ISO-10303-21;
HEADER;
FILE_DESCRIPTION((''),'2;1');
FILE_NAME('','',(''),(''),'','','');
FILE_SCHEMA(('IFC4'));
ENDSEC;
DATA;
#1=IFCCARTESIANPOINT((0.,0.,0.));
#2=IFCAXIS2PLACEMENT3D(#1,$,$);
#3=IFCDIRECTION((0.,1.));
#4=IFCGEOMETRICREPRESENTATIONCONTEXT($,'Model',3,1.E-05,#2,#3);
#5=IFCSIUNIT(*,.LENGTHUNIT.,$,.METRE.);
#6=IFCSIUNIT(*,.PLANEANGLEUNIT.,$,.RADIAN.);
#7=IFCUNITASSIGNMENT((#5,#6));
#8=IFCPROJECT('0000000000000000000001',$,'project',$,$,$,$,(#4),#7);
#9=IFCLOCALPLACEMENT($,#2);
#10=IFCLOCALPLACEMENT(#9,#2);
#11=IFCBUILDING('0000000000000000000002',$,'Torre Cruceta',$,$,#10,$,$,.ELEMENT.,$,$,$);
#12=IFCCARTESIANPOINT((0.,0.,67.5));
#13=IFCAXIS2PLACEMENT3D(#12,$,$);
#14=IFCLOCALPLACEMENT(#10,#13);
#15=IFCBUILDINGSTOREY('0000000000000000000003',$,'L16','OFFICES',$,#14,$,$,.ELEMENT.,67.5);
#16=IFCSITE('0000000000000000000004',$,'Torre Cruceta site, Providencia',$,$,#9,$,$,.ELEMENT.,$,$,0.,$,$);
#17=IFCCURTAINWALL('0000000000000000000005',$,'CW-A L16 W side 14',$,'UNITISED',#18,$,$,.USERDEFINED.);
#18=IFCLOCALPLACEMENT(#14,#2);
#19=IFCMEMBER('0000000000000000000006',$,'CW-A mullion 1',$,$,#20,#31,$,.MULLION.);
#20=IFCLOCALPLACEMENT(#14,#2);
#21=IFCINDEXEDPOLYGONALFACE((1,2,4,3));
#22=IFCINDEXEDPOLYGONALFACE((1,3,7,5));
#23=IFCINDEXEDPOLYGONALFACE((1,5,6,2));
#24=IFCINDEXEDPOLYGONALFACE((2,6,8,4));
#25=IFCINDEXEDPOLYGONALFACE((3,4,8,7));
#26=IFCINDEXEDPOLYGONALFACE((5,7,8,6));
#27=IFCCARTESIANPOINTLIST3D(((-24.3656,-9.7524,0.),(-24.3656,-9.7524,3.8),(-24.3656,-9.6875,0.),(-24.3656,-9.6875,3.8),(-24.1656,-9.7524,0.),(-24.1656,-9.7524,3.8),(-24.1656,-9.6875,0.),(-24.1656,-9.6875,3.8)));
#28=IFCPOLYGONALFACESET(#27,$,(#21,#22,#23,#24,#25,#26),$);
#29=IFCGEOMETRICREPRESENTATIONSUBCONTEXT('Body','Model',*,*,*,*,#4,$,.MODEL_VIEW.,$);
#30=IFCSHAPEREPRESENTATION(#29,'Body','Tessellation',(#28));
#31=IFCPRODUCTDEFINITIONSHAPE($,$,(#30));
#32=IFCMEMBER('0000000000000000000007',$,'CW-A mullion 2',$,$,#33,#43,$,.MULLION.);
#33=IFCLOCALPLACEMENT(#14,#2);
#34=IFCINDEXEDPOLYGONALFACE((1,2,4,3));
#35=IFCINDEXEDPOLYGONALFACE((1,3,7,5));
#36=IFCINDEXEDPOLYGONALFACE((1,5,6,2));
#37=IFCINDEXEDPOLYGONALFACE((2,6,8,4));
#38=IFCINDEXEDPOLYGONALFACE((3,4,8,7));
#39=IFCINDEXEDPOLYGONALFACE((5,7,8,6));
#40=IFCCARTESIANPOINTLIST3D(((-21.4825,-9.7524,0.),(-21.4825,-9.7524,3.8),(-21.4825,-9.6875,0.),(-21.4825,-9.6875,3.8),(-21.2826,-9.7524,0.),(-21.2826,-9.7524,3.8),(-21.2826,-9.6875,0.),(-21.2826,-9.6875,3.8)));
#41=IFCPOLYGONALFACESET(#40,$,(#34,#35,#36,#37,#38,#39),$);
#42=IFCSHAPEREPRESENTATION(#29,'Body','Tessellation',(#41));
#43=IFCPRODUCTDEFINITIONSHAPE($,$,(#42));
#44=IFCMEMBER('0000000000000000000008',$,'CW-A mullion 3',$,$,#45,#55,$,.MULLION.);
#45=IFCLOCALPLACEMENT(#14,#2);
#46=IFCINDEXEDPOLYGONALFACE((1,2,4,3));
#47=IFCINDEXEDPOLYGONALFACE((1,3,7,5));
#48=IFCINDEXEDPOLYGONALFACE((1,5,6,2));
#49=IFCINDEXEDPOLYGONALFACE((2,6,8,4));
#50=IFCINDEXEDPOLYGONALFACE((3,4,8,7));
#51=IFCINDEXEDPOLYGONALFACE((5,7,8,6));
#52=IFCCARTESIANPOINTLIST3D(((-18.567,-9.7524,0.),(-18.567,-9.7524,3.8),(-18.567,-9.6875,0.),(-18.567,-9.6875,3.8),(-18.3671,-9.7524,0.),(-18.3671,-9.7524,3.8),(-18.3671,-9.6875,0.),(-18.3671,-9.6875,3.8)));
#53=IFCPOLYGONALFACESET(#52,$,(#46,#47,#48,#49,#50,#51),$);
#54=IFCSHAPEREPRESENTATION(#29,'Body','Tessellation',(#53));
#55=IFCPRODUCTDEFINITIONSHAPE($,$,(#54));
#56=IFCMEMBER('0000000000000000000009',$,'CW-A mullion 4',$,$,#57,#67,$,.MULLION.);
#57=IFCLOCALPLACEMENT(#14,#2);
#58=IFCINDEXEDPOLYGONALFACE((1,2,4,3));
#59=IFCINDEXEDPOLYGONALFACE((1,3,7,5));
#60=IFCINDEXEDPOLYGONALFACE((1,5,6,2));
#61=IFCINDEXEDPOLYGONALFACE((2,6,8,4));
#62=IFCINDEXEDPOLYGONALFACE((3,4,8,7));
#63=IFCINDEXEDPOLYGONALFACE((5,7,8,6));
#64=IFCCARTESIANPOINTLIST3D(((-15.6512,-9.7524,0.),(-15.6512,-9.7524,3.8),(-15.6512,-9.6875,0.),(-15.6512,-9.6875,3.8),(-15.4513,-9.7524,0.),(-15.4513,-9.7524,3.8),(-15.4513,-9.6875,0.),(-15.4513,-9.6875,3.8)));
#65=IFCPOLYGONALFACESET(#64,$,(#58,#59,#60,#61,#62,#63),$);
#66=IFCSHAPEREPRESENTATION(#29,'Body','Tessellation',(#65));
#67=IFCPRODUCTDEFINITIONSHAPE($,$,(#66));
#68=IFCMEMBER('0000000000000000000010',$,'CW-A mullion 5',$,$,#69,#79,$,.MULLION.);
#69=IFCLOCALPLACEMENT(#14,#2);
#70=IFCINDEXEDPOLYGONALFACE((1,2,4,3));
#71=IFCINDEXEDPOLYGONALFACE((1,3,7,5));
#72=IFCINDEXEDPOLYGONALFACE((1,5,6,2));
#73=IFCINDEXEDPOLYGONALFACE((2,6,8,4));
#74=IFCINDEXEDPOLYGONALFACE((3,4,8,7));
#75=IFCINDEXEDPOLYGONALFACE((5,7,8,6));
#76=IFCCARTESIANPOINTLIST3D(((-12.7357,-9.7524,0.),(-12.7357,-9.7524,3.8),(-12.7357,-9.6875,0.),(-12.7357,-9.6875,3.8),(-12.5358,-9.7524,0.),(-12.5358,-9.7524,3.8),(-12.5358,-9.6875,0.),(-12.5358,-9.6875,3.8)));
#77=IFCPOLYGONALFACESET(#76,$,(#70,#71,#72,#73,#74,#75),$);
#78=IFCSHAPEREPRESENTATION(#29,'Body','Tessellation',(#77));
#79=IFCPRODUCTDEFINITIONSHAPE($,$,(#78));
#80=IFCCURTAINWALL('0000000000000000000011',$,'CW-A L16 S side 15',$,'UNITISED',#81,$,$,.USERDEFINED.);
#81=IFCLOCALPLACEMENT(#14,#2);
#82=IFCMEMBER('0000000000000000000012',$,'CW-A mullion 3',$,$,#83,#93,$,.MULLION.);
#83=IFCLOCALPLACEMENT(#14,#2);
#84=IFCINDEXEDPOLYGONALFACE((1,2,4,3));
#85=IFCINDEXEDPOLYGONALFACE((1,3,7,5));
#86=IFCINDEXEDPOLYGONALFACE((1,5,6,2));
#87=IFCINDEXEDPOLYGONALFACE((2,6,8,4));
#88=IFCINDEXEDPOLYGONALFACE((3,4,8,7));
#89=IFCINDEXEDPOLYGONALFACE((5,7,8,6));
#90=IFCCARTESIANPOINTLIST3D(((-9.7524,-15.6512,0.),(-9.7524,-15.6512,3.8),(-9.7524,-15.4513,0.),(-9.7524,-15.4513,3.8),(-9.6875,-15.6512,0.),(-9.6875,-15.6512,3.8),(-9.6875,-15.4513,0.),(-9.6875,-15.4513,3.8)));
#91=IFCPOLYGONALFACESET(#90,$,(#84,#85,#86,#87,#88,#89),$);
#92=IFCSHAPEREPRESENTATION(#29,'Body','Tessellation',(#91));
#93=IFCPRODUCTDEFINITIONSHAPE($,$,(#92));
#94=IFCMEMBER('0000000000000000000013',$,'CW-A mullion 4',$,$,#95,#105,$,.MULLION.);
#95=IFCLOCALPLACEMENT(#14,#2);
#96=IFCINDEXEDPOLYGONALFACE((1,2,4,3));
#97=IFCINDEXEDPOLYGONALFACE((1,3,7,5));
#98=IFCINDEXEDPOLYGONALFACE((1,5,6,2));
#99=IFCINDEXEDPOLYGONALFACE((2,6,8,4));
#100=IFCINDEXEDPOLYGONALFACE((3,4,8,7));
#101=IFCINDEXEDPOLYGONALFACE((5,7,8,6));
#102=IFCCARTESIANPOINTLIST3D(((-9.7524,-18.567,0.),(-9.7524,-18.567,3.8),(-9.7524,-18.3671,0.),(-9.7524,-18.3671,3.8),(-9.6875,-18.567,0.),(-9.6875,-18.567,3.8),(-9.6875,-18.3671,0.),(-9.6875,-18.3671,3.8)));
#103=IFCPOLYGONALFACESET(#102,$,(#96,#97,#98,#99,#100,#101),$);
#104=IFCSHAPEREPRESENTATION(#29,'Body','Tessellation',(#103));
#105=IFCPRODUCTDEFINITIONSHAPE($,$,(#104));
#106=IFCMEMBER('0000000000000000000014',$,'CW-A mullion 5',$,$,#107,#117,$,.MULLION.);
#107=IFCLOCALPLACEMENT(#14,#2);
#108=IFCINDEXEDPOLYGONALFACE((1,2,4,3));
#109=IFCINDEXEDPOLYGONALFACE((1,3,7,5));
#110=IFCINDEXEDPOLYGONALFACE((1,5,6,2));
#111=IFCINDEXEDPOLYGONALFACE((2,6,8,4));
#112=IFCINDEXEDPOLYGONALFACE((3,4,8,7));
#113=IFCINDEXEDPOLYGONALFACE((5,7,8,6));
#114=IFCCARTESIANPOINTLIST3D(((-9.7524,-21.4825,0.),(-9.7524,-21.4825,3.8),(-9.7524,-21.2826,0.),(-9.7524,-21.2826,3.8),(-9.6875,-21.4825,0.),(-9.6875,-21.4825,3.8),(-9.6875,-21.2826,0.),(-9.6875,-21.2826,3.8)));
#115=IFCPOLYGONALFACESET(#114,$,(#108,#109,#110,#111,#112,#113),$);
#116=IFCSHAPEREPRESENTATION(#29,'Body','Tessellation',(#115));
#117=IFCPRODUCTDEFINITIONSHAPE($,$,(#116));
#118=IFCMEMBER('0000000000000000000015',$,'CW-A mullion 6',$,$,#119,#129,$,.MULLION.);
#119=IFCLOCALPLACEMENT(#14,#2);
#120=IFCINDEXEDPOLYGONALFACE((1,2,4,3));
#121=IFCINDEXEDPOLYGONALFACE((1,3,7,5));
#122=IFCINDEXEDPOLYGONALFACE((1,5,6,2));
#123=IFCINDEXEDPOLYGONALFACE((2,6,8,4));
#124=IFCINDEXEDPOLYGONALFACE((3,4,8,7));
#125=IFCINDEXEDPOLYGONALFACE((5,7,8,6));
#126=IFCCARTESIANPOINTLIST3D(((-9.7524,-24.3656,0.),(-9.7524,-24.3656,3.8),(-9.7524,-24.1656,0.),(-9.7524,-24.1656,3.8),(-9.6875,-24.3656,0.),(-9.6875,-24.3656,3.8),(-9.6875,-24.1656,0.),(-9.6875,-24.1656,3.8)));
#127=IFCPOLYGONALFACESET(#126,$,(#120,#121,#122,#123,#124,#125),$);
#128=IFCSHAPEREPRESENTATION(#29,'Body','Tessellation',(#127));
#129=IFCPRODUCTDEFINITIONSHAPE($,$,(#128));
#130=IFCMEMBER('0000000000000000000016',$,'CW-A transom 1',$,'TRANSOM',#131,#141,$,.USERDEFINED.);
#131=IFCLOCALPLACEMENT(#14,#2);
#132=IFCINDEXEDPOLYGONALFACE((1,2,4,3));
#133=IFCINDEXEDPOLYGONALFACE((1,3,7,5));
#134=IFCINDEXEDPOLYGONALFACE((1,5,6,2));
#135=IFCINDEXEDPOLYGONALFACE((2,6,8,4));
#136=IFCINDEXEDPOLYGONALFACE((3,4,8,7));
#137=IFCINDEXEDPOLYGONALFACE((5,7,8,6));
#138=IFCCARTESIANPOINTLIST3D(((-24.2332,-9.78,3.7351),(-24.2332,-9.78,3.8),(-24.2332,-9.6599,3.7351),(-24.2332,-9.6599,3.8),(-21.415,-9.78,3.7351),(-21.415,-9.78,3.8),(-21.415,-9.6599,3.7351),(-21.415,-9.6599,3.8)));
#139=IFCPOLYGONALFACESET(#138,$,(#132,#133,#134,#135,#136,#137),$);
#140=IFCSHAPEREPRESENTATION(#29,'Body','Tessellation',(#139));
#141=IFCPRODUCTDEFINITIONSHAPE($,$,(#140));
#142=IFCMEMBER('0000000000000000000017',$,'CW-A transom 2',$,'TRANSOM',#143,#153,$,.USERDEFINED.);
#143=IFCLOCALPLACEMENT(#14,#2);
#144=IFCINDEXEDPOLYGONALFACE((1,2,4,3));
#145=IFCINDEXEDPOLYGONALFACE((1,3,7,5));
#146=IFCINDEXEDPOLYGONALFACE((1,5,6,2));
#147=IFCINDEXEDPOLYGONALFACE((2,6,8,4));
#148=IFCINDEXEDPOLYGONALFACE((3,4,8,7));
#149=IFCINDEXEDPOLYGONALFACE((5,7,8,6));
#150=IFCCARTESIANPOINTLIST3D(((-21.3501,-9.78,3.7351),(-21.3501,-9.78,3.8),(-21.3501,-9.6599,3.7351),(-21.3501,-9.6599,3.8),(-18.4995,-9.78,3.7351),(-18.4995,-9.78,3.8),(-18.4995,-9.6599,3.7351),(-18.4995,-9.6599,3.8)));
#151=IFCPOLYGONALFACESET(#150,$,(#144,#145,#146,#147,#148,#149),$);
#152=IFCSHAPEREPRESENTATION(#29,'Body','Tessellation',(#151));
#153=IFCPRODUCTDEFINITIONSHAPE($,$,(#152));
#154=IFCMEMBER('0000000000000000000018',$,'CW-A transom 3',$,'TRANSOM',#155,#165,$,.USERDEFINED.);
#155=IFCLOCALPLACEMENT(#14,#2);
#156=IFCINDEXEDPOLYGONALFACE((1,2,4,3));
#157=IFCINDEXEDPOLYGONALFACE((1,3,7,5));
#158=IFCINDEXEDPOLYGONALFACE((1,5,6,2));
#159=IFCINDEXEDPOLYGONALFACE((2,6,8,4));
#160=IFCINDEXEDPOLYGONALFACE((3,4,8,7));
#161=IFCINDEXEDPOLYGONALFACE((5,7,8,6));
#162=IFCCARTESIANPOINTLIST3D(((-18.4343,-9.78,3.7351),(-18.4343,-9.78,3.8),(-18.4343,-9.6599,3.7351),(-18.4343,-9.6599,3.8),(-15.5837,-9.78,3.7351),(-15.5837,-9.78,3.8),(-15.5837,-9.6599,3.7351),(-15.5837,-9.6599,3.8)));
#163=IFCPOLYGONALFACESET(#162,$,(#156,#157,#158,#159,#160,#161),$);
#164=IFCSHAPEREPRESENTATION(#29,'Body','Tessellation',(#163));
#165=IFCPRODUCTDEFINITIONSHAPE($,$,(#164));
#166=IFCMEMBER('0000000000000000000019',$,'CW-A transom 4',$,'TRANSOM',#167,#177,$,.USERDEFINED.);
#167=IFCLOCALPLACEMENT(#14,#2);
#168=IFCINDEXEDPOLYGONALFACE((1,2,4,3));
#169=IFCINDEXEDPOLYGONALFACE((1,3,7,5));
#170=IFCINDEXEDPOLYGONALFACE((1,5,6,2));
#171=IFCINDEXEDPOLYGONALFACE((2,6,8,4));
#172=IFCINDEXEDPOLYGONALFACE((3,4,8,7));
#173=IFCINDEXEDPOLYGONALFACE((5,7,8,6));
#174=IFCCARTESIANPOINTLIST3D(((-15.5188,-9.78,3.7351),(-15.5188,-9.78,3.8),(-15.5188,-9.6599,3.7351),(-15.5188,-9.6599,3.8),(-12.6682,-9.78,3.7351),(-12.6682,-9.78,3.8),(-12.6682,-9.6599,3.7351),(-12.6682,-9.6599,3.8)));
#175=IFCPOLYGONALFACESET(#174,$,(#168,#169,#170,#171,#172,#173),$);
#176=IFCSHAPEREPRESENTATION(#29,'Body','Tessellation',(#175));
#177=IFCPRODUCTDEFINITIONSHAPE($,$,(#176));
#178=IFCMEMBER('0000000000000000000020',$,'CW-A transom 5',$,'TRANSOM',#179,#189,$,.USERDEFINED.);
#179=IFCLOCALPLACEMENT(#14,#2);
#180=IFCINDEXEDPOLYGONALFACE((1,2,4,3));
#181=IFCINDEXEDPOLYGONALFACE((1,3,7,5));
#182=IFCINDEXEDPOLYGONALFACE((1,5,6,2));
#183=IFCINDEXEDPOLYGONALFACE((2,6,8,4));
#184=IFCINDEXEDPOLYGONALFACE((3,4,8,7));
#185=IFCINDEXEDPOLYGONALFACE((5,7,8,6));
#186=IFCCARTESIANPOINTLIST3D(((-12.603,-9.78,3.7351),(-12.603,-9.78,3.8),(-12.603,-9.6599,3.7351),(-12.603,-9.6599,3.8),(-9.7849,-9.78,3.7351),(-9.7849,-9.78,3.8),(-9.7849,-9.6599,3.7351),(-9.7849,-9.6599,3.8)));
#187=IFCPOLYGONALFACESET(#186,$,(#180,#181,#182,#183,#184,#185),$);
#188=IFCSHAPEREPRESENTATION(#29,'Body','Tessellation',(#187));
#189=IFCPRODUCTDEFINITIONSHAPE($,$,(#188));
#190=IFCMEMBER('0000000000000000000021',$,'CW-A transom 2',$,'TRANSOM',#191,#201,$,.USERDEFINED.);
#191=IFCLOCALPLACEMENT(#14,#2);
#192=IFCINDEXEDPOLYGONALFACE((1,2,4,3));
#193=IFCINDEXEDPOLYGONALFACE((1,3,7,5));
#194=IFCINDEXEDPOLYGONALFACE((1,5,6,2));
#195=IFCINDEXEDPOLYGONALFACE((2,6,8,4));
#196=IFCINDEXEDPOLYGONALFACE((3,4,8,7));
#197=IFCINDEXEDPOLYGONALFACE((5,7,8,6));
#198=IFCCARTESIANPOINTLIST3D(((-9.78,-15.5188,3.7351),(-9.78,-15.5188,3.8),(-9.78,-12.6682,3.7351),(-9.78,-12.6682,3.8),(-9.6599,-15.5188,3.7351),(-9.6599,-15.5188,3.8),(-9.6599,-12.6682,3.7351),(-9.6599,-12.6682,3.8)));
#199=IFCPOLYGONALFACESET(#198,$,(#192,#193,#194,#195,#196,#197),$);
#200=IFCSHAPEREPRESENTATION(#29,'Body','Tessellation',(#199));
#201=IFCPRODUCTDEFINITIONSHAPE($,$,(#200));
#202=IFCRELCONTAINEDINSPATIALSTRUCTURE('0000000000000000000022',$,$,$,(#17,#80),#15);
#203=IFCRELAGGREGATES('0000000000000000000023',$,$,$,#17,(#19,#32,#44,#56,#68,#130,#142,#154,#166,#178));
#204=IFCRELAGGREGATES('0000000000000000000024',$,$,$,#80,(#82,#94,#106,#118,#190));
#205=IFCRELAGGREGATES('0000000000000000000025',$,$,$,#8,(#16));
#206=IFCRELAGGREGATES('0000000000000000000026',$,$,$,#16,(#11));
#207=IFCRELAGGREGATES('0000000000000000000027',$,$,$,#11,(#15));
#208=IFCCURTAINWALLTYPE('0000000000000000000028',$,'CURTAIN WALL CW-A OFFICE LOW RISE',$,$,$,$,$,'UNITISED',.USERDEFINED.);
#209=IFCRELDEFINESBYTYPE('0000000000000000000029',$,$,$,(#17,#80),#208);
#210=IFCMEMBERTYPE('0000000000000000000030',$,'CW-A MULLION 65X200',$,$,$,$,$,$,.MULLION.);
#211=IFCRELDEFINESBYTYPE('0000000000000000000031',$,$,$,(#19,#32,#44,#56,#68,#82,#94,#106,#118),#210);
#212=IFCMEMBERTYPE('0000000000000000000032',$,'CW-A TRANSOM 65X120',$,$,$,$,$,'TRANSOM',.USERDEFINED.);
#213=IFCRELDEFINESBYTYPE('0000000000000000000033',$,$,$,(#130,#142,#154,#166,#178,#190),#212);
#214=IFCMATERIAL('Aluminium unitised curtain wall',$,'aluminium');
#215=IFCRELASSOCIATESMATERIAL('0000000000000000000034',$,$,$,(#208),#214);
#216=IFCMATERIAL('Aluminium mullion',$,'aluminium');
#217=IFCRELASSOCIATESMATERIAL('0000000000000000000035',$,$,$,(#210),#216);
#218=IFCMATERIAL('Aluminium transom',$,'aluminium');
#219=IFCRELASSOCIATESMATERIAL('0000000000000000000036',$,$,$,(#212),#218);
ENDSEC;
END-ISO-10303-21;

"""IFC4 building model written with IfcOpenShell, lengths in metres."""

from ifc_helpers import new_model, si_unit, direction, frame, origin, origin_2d, place, context, subcontext, project, spatial, rectangle, extrude, material, material_profile, profile_set, type_object, element, aggregate, save


model = new_model("IFC4")

# Units and contexts
model_context = context("Model", 3, precision=1e-05, world=origin(), true_north=direction((0.0, 1.0)))
body_context = subcontext(model_context, "Body", "Model", "MODEL_VIEW")
ifc_project = project(units=[si_unit("LENGTHUNIT", "METRE"), si_unit("PLANEANGLEUNIT", "RADIAN")], contexts=[model_context])

# Site, building, storey
site_placement = place(None, origin())
site = spatial("IfcSite", under=ifc_project, at=site_placement, Name="Torre Cruceta site, Providencia", CompositionType="ELEMENT", RefElevation=0.0)
building_placement = place(site_placement, origin())
building = spatial("IfcBuilding", under=site, at=building_placement, Name="Torre Cruceta", CompositionType="ELEMENT")
storey_placement = place(building_placement, frame((0.0, 0.0, 67.5)))
storey = spatial("IfcBuildingStorey", under=building, at=storey_placement, Name="L16", Description="OFFICES", CompositionType="ELEMENT", Elevation=67.5)

# Curtain walls, members
ifc_material_1 = material(Name="Aluminium unitised curtain wall", Category="aluminium")
curtain_wall_type = type_object("IfcCurtainWallType", Name="CURTAIN WALL CW-A OFFICE LOW RISE", ElementType="UNITISED", PredefinedType="USERDEFINED", material=ifc_material_1)
curtain_wall_1_placement = place(storey_placement, origin())
curtain_wall_1 = element("IfcCurtainWall", 1, at=curtain_wall_1_placement, inside=storey, type_object=curtain_wall_type, Name="CW-A L16 W side 14", ObjectType="UNITISED", PredefinedType="USERDEFINED")
ifc_material_2 = material(Name="Aluminium mullion", Category="aluminium")
ifc_material_profile_1 = material_profile(ifc_material_2, rectangle(XDim=0.0649, YDim=0.2, at=origin_2d()), Name="AL 65X200")
ifc_profile_set_1 = profile_set([ifc_material_profile_1], Name="Aluminium mullion")
member_type_1 = type_object("IfcMemberType", Name="CW-A MULLION 65X200", PredefinedType="MULLION", material=ifc_profile_set_1)
member_1_placement = place(storey_placement, frame((-24.2656, -9.72, 0.0), z_axis=(0.0, 0.0, 1.0), x_axis=(0.0, 1.0, 0.0)))
member_1 = element("IfcMember", 2, at=member_1_placement, type_object=member_type_1, Name="CW-A mullion 1", PredefinedType="MULLION", context=body_context, shape_type="SweptSolid", body=[
    extrude(rectangle(XDim=0.0649, YDim=0.2, at=origin_2d()), origin(), (0.0, 0.0, 1.0), 3.8),
])
member_2_placement = place(storey_placement, frame((-21.3826, -9.72, 0.0), z_axis=(0.0, 0.0, 1.0), x_axis=(0.0, 1.0, 0.0)))
member_2 = element("IfcMember", 3, at=member_2_placement, type_object=member_type_1, Name="CW-A mullion 2", PredefinedType="MULLION", context=body_context, shape_type="SweptSolid", body=[
    extrude(rectangle(XDim=0.0649, YDim=0.2, at=origin_2d()), origin(), (0.0, 0.0, 1.0), 3.8),
])
member_3_placement = place(storey_placement, frame((-18.467, -9.72, 0.0), z_axis=(0.0, 0.0, 1.0), x_axis=(0.0, 1.0, 0.0)))
member_3 = element("IfcMember", 4, at=member_3_placement, type_object=member_type_1, Name="CW-A mullion 3", PredefinedType="MULLION", context=body_context, shape_type="SweptSolid", body=[
    extrude(rectangle(XDim=0.0649, YDim=0.2, at=origin_2d()), origin(), (0.0, 0.0, 1.0), 3.8),
])
member_4_placement = place(storey_placement, frame((-15.5513, -9.72, 0.0), z_axis=(0.0, 0.0, 1.0), x_axis=(0.0, 1.0, 0.0)))
member_4 = element("IfcMember", 5, at=member_4_placement, type_object=member_type_1, Name="CW-A mullion 4", PredefinedType="MULLION", context=body_context, shape_type="SweptSolid", body=[
    extrude(rectangle(XDim=0.0649, YDim=0.2, at=origin_2d()), origin(), (0.0, 0.0, 1.0), 3.8),
])
member_5_placement = place(storey_placement, frame((-12.6357, -9.72, 0.0), z_axis=(0.0, 0.0, 1.0), x_axis=(0.0, 1.0, 0.0)))
member_5 = element("IfcMember", 6, at=member_5_placement, type_object=member_type_1, Name="CW-A mullion 5", PredefinedType="MULLION", context=body_context, shape_type="SweptSolid", body=[
    extrude(rectangle(XDim=0.0649, YDim=0.2, at=origin_2d()), origin(), (0.0, 0.0, 1.0), 3.8),
])
curtain_wall_2_placement = place(storey_placement, origin())
curtain_wall_2 = element("IfcCurtainWall", 7, at=curtain_wall_2_placement, inside=storey, type_object=curtain_wall_type, Name="CW-A L16 S side 15", ObjectType="UNITISED", PredefinedType="USERDEFINED")
member_6_placement = place(storey_placement, frame((-9.72, -15.5513, 0.0), z_axis=(0.0, 0.0, 1.0), x_axis=(1.0, 0.0, 0.0)))
member_6 = element("IfcMember", 8, at=member_6_placement, type_object=member_type_1, Name="CW-A mullion 3", PredefinedType="MULLION", context=body_context, shape_type="SweptSolid", body=[
    extrude(rectangle(XDim=0.0649, YDim=0.2, at=origin_2d()), origin(), (0.0, 0.0, 1.0), 3.8),
])
member_7_placement = place(storey_placement, frame((-9.72, -18.467, 0.0), z_axis=(0.0, 0.0, 1.0), x_axis=(1.0, 0.0, 0.0)))
member_7 = element("IfcMember", 9, at=member_7_placement, type_object=member_type_1, Name="CW-A mullion 4", PredefinedType="MULLION", context=body_context, shape_type="SweptSolid", body=[
    extrude(rectangle(XDim=0.0649, YDim=0.2, at=origin_2d()), origin(), (0.0, 0.0, 1.0), 3.8),
])
member_8_placement = place(storey_placement, frame((-9.72, -21.3826, 0.0), z_axis=(0.0, 0.0, 1.0), x_axis=(1.0, 0.0, 0.0)))
member_8 = element("IfcMember", 10, at=member_8_placement, type_object=member_type_1, Name="CW-A mullion 5", PredefinedType="MULLION", context=body_context, shape_type="SweptSolid", body=[
    extrude(rectangle(XDim=0.0649, YDim=0.2, at=origin_2d()), origin(), (0.0, 0.0, 1.0), 3.8),
])
member_9_placement = place(storey_placement, frame((-9.72, -24.2656, 0.0), z_axis=(0.0, 0.0, 1.0), x_axis=(1.0, 0.0, 0.0)))
member_9 = element("IfcMember", 11, at=member_9_placement, type_object=member_type_1, Name="CW-A mullion 6", PredefinedType="MULLION", context=body_context, shape_type="SweptSolid", body=[
    extrude(rectangle(XDim=0.0649, YDim=0.2, at=origin_2d()), origin(), (0.0, 0.0, 1.0), 3.8),
])

# Members
ifc_material_3 = material(Name="Aluminium transom", Category="aluminium")
ifc_material_profile_2 = material_profile(ifc_material_3, rectangle(XDim=0.1201, YDim=0.0649, at=origin_2d()), Name="AL 120X65")
ifc_profile_set_2 = profile_set([ifc_material_profile_2], Name="Aluminium transom")
member_type_2 = type_object("IfcMemberType", Name="CW-A TRANSOM 65X120", ElementType="TRANSOM", PredefinedType="USERDEFINED", material=ifc_profile_set_2)
member_10_placement = place(storey_placement, frame((-24.2332, -9.72, 3.7676), z_axis=(1.0, 0.0, 0.0), x_axis=(0.0, 1.0, 0.0)))
member_10 = element("IfcMember", 12, at=member_10_placement, type_object=member_type_2, Name="CW-A transom 1", ObjectType="TRANSOM", PredefinedType="USERDEFINED", context=body_context, shape_type="SweptSolid", body=[
    extrude(rectangle(XDim=0.1201, YDim=0.0649, at=origin_2d()), origin(), (0.0, 0.0, 1.0), 2.8181),
])
member_11_placement = place(storey_placement, frame((-21.3501, -9.72, 3.7676), z_axis=(1.0, 0.0, 0.0), x_axis=(0.0, 1.0, 0.0)))
member_11 = element("IfcMember", 13, at=member_11_placement, type_object=member_type_2, Name="CW-A transom 2", ObjectType="TRANSOM", PredefinedType="USERDEFINED", context=body_context, shape_type="SweptSolid", body=[
    extrude(rectangle(XDim=0.1201, YDim=0.0649, at=origin_2d()), origin(), (0.0, 0.0, 1.0), 2.8506),
])
member_12_placement = place(storey_placement, frame((-18.4343, -9.72, 3.7676), z_axis=(1.0, 0.0, 0.0), x_axis=(0.0, 1.0, 0.0)))
member_12 = element("IfcMember", 14, at=member_12_placement, type_object=member_type_2, Name="CW-A transom 3", ObjectType="TRANSOM", PredefinedType="USERDEFINED", context=body_context, shape_type="SweptSolid", body=[
    extrude(rectangle(XDim=0.1201, YDim=0.0649, at=origin_2d()), origin(), (0.0, 0.0, 1.0), 2.8506),
])
member_13_placement = place(storey_placement, frame((-15.5188, -9.72, 3.7676), z_axis=(1.0, 0.0, 0.0), x_axis=(0.0, 1.0, 0.0)))
member_13 = element("IfcMember", 15, at=member_13_placement, type_object=member_type_2, Name="CW-A transom 4", ObjectType="TRANSOM", PredefinedType="USERDEFINED", context=body_context, shape_type="SweptSolid", body=[
    extrude(rectangle(XDim=0.1201, YDim=0.0649, at=origin_2d()), origin(), (0.0, 0.0, 1.0), 2.8506),
])
member_14_placement = place(storey_placement, frame((-12.603, -9.72, 3.7676), z_axis=(1.0, 0.0, 0.0), x_axis=(0.0, 1.0, 0.0)))
member_14 = element("IfcMember", 16, at=member_14_placement, type_object=member_type_2, Name="CW-A transom 5", ObjectType="TRANSOM", PredefinedType="USERDEFINED", context=body_context, shape_type="SweptSolid", body=[
    extrude(rectangle(XDim=0.1201, YDim=0.0649, at=origin_2d()), origin(), (0.0, 0.0, 1.0), 2.8181),
])
member_15_placement = place(storey_placement, frame((-9.72, -12.6682, 3.7676), z_axis=(0.0, -1.0, 0.0), x_axis=(1.0, 0.0, 0.0)))
member_15 = element("IfcMember", 17, at=member_15_placement, type_object=member_type_2, Name="CW-A transom 2", ObjectType="TRANSOM", PredefinedType="USERDEFINED", context=body_context, shape_type="SweptSolid", body=[
    extrude(rectangle(XDim=0.1201, YDim=0.0649, at=origin_2d()), origin(), (0.0, 0.0, 1.0), 2.8506),
])

aggregate(curtain_wall_1, [member_1, member_2, member_3, member_4, member_5, member_10, member_11, member_12, member_13, member_14])
aggregate(curtain_wall_2, [member_6, member_7, member_8, member_9, member_15])

save(model, "model.ifc")
